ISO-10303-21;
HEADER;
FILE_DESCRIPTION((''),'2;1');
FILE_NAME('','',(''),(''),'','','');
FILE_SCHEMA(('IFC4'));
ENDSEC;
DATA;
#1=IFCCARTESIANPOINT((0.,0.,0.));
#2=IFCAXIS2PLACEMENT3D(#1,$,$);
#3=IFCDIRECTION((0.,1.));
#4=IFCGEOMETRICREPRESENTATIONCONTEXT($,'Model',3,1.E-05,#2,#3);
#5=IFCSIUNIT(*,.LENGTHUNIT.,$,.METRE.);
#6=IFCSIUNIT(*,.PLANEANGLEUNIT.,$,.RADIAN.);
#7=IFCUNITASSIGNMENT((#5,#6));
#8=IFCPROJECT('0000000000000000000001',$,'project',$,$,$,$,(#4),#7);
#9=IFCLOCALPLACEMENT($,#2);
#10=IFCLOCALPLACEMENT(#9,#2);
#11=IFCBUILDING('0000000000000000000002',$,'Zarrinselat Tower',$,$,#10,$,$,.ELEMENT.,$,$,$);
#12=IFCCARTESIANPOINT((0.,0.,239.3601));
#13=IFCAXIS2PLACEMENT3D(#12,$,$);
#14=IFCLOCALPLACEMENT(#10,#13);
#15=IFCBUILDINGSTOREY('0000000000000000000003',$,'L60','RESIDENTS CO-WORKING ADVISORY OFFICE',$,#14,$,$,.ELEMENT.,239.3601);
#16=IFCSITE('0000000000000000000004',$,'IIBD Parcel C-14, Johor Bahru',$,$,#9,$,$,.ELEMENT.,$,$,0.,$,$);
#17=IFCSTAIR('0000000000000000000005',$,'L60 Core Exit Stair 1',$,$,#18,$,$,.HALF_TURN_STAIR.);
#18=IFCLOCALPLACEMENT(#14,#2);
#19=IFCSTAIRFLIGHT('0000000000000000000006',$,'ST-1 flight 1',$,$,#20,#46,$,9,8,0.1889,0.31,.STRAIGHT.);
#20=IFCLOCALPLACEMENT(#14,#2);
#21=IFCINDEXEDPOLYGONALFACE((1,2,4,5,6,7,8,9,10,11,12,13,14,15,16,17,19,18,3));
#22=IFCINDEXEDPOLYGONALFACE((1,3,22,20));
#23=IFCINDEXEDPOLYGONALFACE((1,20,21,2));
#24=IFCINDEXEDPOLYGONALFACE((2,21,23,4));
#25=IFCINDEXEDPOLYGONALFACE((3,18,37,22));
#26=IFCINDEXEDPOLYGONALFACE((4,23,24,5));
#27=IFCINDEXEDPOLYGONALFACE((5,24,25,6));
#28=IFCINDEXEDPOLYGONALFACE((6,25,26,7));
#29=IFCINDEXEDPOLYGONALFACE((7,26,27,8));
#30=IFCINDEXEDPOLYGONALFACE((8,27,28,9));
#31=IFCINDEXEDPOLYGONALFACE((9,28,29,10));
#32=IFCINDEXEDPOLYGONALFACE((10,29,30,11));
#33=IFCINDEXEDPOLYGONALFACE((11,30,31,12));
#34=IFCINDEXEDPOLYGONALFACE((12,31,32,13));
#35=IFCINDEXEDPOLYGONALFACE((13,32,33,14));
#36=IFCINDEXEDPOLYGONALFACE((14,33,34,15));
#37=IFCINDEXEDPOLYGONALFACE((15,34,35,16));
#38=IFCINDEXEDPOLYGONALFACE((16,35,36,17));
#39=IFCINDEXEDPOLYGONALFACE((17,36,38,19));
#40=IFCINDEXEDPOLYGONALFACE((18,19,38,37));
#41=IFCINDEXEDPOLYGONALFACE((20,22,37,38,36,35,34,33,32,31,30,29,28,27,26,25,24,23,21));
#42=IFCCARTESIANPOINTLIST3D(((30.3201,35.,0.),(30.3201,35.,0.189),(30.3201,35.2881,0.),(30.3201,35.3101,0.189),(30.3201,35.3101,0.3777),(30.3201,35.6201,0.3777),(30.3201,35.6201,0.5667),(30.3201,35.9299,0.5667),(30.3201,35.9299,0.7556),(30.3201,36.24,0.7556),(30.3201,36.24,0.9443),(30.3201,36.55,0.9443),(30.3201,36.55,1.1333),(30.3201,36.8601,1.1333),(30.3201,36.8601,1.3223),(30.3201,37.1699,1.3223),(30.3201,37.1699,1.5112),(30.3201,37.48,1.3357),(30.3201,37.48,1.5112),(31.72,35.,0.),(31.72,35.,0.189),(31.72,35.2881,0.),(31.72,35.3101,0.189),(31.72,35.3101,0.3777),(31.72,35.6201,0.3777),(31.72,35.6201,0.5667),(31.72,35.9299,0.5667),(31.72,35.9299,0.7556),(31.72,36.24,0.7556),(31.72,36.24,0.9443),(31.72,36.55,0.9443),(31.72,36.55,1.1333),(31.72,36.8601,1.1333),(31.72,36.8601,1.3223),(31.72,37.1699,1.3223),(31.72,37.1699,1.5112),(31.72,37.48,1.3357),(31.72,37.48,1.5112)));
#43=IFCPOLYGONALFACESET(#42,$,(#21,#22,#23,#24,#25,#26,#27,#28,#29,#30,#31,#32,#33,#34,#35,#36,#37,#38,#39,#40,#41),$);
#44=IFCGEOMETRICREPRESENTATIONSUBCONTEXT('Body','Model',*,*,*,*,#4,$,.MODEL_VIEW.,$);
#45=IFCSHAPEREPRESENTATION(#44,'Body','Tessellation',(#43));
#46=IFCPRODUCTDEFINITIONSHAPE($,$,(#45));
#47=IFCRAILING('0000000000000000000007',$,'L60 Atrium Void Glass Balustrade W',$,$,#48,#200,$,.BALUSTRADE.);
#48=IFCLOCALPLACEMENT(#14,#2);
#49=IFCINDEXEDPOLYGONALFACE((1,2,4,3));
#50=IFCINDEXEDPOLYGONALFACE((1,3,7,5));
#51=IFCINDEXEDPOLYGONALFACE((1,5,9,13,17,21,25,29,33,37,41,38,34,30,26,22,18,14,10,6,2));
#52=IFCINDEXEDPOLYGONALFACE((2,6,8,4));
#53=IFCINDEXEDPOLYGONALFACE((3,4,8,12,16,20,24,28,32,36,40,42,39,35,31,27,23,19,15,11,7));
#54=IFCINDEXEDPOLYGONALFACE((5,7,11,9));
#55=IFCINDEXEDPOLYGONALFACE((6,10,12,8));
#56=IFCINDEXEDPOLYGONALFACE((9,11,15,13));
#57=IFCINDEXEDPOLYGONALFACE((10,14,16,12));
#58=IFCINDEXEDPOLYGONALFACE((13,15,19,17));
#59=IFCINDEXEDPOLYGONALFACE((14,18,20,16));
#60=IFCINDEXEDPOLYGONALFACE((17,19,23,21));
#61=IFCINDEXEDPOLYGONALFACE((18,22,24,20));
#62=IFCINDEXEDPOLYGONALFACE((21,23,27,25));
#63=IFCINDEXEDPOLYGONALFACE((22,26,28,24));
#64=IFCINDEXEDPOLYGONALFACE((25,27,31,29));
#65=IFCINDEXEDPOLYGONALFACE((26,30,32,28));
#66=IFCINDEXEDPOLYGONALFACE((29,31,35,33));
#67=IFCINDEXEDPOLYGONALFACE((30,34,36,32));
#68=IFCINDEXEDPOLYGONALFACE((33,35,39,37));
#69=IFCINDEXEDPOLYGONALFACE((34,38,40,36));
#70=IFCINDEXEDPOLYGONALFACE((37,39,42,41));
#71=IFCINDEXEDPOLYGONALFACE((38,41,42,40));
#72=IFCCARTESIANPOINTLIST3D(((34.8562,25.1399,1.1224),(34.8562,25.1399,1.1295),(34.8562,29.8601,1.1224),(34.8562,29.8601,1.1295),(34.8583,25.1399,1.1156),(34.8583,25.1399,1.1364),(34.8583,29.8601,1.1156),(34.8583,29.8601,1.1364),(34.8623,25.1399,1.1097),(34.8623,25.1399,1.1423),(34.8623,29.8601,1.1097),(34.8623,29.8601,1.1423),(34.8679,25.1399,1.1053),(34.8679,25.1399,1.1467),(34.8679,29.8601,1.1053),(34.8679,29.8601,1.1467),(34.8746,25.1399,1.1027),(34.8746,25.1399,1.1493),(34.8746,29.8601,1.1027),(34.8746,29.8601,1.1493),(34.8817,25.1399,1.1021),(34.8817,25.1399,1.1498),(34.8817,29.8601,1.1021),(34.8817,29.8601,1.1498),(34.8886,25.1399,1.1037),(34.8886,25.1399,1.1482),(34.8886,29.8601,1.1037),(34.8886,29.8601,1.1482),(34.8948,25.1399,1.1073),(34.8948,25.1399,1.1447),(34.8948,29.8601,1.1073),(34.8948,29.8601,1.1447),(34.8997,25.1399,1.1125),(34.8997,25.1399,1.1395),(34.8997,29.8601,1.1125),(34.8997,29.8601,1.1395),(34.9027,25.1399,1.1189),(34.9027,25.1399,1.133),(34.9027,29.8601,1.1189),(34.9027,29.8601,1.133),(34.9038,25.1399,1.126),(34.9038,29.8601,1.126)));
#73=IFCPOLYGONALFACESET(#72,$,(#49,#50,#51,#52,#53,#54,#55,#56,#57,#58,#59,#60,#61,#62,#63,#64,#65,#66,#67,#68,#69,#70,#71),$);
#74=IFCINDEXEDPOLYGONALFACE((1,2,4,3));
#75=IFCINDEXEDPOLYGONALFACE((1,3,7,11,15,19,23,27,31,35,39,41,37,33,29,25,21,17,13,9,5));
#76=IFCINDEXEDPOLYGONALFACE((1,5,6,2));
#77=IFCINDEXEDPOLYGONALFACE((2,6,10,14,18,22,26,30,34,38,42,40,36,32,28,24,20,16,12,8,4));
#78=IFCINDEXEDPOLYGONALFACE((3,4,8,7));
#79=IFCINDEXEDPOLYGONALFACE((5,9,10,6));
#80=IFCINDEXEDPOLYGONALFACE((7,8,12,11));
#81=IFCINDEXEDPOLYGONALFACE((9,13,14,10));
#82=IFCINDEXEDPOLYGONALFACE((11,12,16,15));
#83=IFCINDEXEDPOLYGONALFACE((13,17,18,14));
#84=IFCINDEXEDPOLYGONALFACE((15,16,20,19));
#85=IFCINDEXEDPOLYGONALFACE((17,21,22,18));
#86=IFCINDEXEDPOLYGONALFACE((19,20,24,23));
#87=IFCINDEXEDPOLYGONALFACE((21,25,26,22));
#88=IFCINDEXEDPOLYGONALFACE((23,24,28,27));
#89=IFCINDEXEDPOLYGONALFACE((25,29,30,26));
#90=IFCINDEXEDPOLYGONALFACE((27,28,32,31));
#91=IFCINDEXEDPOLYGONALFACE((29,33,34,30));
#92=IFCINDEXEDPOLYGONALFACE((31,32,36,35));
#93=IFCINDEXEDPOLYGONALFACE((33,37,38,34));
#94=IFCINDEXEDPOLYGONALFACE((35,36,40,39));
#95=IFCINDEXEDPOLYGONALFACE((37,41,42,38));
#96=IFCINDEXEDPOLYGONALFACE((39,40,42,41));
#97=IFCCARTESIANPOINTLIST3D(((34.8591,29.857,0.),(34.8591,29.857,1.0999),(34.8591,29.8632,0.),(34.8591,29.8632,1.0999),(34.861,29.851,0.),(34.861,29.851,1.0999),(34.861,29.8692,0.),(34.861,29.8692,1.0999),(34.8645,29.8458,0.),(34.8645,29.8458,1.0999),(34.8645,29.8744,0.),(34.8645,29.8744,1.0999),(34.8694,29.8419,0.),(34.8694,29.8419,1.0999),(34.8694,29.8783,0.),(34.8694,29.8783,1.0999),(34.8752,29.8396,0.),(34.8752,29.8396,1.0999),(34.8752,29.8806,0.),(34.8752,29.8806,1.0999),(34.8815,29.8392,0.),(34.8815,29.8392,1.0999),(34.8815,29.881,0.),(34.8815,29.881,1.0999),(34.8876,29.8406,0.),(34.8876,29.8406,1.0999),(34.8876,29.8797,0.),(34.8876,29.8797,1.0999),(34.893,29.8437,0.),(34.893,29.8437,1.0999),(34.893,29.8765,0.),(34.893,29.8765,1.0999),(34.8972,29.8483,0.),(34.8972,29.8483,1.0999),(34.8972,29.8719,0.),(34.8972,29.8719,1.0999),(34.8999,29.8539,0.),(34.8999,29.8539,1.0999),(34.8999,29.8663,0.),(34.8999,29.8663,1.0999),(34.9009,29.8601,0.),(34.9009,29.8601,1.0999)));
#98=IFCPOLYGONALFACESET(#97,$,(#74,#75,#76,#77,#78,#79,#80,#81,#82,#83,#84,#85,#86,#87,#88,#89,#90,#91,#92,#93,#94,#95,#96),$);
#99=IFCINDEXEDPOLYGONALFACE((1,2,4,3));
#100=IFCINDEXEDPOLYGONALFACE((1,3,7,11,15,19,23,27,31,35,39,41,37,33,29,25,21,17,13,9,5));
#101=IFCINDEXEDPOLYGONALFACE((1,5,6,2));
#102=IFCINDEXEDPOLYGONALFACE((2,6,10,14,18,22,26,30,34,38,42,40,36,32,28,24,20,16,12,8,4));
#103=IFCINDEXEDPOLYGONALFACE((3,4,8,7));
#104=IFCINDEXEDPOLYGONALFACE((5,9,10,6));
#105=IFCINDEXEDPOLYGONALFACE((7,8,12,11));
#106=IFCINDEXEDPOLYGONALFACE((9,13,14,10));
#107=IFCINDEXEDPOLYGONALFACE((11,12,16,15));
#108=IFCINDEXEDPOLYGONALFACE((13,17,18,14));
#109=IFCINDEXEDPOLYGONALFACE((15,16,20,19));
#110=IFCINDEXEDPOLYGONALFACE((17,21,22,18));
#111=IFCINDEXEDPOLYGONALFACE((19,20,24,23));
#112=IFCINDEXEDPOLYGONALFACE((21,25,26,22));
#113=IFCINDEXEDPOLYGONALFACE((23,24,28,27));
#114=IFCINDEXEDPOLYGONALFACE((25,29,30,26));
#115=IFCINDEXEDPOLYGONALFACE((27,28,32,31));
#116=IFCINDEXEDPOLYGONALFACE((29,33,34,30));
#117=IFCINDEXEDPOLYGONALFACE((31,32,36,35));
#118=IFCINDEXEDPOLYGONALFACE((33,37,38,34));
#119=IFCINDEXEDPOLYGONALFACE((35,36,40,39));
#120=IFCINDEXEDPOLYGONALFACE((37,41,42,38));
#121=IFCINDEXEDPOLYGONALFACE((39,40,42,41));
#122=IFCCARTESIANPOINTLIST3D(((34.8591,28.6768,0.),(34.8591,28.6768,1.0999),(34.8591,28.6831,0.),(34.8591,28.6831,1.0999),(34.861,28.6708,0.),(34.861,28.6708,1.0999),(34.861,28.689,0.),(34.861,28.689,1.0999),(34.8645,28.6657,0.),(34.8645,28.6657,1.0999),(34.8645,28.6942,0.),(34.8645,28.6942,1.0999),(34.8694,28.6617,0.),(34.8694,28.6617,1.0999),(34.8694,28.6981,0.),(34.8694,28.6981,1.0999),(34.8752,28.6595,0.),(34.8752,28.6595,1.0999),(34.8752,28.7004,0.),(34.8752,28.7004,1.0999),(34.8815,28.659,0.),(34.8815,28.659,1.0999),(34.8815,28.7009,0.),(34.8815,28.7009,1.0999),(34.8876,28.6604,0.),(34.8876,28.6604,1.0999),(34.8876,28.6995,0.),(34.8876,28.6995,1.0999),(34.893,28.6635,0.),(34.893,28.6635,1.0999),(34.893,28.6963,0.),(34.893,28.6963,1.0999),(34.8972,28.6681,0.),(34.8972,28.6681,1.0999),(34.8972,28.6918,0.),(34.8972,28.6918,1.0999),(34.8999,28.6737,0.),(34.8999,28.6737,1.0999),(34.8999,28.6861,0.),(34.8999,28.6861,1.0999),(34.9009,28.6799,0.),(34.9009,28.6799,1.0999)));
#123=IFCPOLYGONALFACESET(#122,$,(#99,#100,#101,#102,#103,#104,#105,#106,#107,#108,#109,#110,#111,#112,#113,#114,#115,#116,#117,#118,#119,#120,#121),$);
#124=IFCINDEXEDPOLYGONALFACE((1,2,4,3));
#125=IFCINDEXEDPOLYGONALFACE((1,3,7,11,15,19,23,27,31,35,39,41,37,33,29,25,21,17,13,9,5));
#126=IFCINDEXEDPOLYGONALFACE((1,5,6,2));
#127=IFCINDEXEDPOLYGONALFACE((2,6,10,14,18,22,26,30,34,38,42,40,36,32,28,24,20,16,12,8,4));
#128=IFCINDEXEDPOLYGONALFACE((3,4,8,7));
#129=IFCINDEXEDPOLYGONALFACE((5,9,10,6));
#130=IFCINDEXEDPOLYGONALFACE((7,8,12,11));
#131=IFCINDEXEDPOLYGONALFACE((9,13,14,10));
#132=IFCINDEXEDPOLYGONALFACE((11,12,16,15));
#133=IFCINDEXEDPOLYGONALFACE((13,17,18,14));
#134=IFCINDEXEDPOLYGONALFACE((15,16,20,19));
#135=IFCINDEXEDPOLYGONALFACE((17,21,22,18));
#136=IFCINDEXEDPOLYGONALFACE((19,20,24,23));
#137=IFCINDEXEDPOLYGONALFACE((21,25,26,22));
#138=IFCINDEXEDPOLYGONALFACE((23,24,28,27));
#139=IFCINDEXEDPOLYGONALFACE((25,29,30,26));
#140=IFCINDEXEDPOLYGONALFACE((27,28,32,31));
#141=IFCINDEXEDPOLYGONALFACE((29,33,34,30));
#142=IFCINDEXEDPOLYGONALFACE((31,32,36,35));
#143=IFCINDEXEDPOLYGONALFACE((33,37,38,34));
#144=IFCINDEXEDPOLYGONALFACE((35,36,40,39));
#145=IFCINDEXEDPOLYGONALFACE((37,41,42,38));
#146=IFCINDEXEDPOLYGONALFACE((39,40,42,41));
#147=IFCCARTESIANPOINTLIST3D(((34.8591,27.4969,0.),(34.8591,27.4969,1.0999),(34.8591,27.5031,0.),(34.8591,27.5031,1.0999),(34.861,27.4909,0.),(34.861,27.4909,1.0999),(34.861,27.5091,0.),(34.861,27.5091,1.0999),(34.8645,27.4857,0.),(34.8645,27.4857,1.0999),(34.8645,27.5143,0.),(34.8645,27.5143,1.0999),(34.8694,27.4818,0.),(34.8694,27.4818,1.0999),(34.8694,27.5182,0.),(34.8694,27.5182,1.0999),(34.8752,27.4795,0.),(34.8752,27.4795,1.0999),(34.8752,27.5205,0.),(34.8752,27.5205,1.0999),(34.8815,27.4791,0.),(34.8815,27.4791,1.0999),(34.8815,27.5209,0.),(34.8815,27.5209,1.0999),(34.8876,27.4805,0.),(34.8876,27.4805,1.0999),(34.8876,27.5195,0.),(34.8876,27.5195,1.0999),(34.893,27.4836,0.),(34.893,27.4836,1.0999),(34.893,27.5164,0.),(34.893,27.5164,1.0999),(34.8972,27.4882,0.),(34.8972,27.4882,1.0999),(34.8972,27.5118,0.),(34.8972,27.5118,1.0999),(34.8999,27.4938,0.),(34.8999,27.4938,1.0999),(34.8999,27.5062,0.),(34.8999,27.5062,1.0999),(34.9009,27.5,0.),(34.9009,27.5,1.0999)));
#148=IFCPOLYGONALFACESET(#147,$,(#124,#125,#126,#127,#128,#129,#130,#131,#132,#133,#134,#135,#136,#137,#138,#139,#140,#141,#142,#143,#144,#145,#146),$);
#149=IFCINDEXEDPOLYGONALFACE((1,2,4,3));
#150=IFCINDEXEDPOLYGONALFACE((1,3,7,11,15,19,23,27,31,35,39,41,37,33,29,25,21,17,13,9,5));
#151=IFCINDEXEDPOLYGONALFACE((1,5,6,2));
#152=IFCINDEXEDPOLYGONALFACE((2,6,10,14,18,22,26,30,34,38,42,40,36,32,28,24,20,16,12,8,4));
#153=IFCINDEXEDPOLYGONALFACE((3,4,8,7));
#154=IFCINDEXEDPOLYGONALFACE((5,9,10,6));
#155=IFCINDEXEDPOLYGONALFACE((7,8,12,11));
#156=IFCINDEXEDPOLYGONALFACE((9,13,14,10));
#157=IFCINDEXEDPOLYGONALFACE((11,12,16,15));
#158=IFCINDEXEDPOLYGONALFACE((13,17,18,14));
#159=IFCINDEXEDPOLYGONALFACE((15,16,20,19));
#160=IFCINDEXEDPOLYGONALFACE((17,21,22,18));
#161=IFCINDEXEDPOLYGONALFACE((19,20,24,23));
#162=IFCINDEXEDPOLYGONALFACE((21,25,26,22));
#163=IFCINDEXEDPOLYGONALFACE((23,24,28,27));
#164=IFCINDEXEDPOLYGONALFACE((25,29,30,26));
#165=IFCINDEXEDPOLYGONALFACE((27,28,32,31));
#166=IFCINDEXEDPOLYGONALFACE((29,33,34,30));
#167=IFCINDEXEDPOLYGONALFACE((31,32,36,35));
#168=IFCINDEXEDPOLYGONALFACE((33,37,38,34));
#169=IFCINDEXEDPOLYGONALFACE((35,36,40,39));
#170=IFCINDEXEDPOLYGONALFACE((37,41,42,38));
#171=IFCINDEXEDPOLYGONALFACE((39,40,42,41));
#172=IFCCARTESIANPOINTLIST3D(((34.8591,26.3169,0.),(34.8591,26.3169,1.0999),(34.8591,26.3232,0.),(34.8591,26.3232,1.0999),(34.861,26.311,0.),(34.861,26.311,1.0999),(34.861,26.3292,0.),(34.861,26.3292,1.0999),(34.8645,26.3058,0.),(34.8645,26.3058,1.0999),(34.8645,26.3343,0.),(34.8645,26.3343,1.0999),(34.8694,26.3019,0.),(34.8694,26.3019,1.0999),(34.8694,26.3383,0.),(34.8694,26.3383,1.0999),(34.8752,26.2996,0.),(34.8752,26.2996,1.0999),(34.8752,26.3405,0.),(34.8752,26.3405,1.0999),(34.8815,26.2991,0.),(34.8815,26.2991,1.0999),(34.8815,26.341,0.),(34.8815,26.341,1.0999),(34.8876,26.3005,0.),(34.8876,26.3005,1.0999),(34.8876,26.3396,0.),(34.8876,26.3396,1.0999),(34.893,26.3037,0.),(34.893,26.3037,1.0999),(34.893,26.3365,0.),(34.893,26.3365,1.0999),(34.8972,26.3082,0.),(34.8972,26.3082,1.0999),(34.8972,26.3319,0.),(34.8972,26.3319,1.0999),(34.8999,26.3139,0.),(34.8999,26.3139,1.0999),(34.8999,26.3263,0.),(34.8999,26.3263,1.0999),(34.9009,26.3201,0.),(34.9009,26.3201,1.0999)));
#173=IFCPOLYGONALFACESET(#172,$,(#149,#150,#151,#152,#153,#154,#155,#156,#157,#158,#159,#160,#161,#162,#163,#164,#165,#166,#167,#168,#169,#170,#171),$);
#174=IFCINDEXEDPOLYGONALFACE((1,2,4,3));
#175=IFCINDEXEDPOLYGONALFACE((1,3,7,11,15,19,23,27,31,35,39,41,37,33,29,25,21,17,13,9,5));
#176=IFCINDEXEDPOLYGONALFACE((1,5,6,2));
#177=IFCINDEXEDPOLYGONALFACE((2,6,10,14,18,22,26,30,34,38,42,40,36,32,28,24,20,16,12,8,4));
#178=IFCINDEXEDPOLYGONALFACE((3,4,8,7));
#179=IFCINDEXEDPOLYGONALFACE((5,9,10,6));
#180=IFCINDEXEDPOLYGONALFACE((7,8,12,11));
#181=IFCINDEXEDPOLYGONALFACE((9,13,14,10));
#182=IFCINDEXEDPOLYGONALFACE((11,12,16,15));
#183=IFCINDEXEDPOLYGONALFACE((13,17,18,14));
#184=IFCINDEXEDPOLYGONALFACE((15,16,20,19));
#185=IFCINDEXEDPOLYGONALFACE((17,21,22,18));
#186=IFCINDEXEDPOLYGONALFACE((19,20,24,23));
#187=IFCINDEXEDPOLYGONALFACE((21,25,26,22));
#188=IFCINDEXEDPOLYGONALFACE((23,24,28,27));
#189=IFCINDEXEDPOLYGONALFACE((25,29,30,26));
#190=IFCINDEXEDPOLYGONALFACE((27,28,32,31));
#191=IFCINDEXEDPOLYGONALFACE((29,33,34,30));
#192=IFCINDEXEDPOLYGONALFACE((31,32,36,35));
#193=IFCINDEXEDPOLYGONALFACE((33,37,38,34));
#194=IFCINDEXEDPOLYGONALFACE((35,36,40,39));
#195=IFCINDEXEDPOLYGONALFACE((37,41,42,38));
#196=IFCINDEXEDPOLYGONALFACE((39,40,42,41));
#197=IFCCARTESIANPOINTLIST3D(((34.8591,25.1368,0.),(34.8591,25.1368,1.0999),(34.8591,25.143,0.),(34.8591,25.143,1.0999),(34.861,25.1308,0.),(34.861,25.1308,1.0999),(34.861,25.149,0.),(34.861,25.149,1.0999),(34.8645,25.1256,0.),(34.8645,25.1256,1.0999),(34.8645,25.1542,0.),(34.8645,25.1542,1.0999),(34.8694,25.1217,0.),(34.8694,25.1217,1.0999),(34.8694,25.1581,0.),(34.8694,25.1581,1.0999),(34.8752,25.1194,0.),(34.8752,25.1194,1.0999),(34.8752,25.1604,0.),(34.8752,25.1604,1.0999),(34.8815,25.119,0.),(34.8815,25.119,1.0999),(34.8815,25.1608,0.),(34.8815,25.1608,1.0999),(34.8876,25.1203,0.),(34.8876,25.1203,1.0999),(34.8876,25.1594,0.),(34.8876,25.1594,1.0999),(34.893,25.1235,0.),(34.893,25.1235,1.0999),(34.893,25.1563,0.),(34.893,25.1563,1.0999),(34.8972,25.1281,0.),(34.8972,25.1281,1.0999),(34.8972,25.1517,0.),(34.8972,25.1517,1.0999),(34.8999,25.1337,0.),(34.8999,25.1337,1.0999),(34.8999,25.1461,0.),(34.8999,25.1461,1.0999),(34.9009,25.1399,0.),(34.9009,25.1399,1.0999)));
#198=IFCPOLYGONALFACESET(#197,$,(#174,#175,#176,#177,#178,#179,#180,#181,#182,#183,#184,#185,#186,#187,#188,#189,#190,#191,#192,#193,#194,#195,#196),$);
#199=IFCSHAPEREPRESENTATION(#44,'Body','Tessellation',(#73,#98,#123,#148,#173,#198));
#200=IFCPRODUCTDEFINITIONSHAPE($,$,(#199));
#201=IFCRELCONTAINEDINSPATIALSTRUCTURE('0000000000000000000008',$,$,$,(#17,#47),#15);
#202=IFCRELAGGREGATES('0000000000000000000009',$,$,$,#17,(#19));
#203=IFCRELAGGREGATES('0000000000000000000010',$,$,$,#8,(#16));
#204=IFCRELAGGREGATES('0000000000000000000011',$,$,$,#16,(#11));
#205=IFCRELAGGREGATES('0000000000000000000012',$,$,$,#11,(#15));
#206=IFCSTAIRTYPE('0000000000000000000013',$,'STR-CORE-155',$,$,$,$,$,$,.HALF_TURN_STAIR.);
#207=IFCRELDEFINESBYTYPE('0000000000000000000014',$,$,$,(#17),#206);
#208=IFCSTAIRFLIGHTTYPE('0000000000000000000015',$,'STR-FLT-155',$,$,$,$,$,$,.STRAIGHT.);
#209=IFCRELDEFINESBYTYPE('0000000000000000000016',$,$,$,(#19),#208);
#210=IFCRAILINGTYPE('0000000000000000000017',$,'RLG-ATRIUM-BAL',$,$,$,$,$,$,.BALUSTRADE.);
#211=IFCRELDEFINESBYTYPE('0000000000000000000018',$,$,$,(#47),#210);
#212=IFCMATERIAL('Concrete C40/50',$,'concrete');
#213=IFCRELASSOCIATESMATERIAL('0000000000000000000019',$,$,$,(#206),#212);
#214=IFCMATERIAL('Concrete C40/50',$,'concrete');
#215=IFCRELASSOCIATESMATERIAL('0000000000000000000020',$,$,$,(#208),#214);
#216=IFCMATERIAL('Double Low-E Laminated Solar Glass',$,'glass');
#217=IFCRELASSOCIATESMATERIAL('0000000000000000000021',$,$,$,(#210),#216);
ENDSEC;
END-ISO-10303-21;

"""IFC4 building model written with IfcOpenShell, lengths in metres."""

from ifc_helpers import new_model, si_unit, direction, frame, origin, origin_2d, place, context, subcontext, project, spatial, polyline, circle, outline, extrude, material, type_object, element, aggregate, save


model = new_model("IFC4")

# Units and contexts
model_context = context("Model", 3, precision=1e-05, world=origin(), true_north=direction((0.0, 1.0)))
body_context = subcontext(model_context, "Body", "Model", "MODEL_VIEW")
ifc_project = project(units=[si_unit("LENGTHUNIT", "METRE"), si_unit("PLANEANGLEUNIT", "RADIAN")], contexts=[model_context])

# Site, building, storey
site_placement = place(None, origin())
site = spatial("IfcSite", under=ifc_project, at=site_placement, Name="IIBD Parcel C-14, Johor Bahru", CompositionType="ELEMENT", RefElevation=0.0)
building_placement = place(site_placement, origin())
building = spatial("IfcBuilding", under=site, at=building_placement, Name="Zarrinselat Tower", CompositionType="ELEMENT")
storey_placement = place(building_placement, frame((0.0, 0.0, 239.3601)))
storey = spatial("IfcBuildingStorey", under=building, at=storey_placement, Name="L60", Description="RESIDENTS CO-WORKING ADVISORY OFFICE", CompositionType="ELEMENT", Elevation=239.3601)

# Stair, stair flight
ifc_material_1 = material(Name="Concrete C40/50", Category="concrete")
stair_type = type_object("IfcStairType", Name="STR-CORE-155", PredefinedType="HALF_TURN_STAIR", material=ifc_material_1)
stair_placement = place(storey_placement, origin())
stair = element("IfcStair", 1, at=stair_placement, inside=storey, type_object=stair_type, Name="L60 Core Exit Stair 1", PredefinedType="HALF_TURN_STAIR")
ifc_material_2 = material(Name="Concrete C40/50", Category="concrete")
stair_flight_type = type_object("IfcStairFlightType", Name="STR-FLT-155", PredefinedType="STRAIGHT", material=ifc_material_2)
stair_flight_placement = place(storey_placement, frame((31.02, 35.0, 0.0), z_axis=(0.0, 0.0, 1.0), x_axis=(0.0, 1.0, 0.0)))
stair_flight = element("IfcStairFlight", 2, at=stair_flight_placement, type_object=stair_flight_type, Name="ST-1 flight 1", NumberOfRisers=9, NumberOfTreads=8, PredefinedType="STRAIGHT", RiserHeight=0.1889, TreadLength=0.31, context=body_context, shape_type="SweptSolid", body=[
    extrude(outline(polyline([(0.0, 0.0), (0.0, 0.189), (0.3101, 0.189), (0.3101, 0.3777), (0.6201, 0.3777), (0.6201, 0.5667), (0.9299, 0.5667), (0.9299, 0.7556), (1.24, 0.7556), (1.24, 0.9443), (1.55, 0.9443), (1.55, 1.1333), (1.8601, 1.1333), (1.8601, 1.3223), (2.1699, 1.3223), (2.1699, 1.5112), (2.48, 1.5112), (2.48, 1.7), (2.48, 1.3357), (0.2881, 0.0), (0.0, 0.0)])), frame((0.0, 0.7, 0.0), z_axis=(0.0, -1.0, 0.0), x_axis=(1.0, 0.0, 0.0)), (0.0, 0.0, 1.0), 1.3999),
])
aggregate(stair, [stair_flight])

# Railing
ifc_material_3 = material(Name="Double Low-E Laminated Solar Glass", Category="glass")
railing_type_1 = type_object("IfcRailingType", Name="RLG-ATRIUM-BAL", PredefinedType="BALUSTRADE", material=ifc_material_3)
railing_1_placement = place(storey_placement, frame((34.8799, 29.8601, 0.0)))
element("IfcRailing", 3, at=railing_1_placement, inside=storey, type_object=railing_type_1, Name="L60 Atrium Void Glass Balustrade W", PredefinedType="BALUSTRADE", context=body_context, shape_type="SweptSolid", body=[
    extrude(circle(Radius=0.0239, at=origin_2d()), frame((0.0, 0.0, 1.126), z_axis=(0.0, -1.0, 0.0), x_axis=(1.0, 0.0, 0.0)), (0.0, 0.0, 1.0), 4.7202),
    extrude(circle(Radius=0.021, at=origin_2d()), origin(), (0.0, 0.0, 1.0), 1.0999),
    extrude(circle(Radius=0.021, at=origin_2d()), frame((0.0, -1.1802, 0.0)), (0.0, 0.0, 1.0), 1.0999),
    extrude(circle(Radius=0.021, at=origin_2d()), frame((0.0, -2.3601, 0.0)), (0.0, 0.0, 1.0), 1.0999),
    extrude(circle(Radius=0.021, at=origin_2d()), frame((0.0, -3.54, 0.0)), (0.0, 0.0, 1.0), 1.0999),
    extrude(circle(Radius=0.021, at=origin_2d()), frame((0.0, -4.7202, 0.0)), (0.0, 0.0, 1.0), 1.0999),
])

save(model, "model.ifc")
